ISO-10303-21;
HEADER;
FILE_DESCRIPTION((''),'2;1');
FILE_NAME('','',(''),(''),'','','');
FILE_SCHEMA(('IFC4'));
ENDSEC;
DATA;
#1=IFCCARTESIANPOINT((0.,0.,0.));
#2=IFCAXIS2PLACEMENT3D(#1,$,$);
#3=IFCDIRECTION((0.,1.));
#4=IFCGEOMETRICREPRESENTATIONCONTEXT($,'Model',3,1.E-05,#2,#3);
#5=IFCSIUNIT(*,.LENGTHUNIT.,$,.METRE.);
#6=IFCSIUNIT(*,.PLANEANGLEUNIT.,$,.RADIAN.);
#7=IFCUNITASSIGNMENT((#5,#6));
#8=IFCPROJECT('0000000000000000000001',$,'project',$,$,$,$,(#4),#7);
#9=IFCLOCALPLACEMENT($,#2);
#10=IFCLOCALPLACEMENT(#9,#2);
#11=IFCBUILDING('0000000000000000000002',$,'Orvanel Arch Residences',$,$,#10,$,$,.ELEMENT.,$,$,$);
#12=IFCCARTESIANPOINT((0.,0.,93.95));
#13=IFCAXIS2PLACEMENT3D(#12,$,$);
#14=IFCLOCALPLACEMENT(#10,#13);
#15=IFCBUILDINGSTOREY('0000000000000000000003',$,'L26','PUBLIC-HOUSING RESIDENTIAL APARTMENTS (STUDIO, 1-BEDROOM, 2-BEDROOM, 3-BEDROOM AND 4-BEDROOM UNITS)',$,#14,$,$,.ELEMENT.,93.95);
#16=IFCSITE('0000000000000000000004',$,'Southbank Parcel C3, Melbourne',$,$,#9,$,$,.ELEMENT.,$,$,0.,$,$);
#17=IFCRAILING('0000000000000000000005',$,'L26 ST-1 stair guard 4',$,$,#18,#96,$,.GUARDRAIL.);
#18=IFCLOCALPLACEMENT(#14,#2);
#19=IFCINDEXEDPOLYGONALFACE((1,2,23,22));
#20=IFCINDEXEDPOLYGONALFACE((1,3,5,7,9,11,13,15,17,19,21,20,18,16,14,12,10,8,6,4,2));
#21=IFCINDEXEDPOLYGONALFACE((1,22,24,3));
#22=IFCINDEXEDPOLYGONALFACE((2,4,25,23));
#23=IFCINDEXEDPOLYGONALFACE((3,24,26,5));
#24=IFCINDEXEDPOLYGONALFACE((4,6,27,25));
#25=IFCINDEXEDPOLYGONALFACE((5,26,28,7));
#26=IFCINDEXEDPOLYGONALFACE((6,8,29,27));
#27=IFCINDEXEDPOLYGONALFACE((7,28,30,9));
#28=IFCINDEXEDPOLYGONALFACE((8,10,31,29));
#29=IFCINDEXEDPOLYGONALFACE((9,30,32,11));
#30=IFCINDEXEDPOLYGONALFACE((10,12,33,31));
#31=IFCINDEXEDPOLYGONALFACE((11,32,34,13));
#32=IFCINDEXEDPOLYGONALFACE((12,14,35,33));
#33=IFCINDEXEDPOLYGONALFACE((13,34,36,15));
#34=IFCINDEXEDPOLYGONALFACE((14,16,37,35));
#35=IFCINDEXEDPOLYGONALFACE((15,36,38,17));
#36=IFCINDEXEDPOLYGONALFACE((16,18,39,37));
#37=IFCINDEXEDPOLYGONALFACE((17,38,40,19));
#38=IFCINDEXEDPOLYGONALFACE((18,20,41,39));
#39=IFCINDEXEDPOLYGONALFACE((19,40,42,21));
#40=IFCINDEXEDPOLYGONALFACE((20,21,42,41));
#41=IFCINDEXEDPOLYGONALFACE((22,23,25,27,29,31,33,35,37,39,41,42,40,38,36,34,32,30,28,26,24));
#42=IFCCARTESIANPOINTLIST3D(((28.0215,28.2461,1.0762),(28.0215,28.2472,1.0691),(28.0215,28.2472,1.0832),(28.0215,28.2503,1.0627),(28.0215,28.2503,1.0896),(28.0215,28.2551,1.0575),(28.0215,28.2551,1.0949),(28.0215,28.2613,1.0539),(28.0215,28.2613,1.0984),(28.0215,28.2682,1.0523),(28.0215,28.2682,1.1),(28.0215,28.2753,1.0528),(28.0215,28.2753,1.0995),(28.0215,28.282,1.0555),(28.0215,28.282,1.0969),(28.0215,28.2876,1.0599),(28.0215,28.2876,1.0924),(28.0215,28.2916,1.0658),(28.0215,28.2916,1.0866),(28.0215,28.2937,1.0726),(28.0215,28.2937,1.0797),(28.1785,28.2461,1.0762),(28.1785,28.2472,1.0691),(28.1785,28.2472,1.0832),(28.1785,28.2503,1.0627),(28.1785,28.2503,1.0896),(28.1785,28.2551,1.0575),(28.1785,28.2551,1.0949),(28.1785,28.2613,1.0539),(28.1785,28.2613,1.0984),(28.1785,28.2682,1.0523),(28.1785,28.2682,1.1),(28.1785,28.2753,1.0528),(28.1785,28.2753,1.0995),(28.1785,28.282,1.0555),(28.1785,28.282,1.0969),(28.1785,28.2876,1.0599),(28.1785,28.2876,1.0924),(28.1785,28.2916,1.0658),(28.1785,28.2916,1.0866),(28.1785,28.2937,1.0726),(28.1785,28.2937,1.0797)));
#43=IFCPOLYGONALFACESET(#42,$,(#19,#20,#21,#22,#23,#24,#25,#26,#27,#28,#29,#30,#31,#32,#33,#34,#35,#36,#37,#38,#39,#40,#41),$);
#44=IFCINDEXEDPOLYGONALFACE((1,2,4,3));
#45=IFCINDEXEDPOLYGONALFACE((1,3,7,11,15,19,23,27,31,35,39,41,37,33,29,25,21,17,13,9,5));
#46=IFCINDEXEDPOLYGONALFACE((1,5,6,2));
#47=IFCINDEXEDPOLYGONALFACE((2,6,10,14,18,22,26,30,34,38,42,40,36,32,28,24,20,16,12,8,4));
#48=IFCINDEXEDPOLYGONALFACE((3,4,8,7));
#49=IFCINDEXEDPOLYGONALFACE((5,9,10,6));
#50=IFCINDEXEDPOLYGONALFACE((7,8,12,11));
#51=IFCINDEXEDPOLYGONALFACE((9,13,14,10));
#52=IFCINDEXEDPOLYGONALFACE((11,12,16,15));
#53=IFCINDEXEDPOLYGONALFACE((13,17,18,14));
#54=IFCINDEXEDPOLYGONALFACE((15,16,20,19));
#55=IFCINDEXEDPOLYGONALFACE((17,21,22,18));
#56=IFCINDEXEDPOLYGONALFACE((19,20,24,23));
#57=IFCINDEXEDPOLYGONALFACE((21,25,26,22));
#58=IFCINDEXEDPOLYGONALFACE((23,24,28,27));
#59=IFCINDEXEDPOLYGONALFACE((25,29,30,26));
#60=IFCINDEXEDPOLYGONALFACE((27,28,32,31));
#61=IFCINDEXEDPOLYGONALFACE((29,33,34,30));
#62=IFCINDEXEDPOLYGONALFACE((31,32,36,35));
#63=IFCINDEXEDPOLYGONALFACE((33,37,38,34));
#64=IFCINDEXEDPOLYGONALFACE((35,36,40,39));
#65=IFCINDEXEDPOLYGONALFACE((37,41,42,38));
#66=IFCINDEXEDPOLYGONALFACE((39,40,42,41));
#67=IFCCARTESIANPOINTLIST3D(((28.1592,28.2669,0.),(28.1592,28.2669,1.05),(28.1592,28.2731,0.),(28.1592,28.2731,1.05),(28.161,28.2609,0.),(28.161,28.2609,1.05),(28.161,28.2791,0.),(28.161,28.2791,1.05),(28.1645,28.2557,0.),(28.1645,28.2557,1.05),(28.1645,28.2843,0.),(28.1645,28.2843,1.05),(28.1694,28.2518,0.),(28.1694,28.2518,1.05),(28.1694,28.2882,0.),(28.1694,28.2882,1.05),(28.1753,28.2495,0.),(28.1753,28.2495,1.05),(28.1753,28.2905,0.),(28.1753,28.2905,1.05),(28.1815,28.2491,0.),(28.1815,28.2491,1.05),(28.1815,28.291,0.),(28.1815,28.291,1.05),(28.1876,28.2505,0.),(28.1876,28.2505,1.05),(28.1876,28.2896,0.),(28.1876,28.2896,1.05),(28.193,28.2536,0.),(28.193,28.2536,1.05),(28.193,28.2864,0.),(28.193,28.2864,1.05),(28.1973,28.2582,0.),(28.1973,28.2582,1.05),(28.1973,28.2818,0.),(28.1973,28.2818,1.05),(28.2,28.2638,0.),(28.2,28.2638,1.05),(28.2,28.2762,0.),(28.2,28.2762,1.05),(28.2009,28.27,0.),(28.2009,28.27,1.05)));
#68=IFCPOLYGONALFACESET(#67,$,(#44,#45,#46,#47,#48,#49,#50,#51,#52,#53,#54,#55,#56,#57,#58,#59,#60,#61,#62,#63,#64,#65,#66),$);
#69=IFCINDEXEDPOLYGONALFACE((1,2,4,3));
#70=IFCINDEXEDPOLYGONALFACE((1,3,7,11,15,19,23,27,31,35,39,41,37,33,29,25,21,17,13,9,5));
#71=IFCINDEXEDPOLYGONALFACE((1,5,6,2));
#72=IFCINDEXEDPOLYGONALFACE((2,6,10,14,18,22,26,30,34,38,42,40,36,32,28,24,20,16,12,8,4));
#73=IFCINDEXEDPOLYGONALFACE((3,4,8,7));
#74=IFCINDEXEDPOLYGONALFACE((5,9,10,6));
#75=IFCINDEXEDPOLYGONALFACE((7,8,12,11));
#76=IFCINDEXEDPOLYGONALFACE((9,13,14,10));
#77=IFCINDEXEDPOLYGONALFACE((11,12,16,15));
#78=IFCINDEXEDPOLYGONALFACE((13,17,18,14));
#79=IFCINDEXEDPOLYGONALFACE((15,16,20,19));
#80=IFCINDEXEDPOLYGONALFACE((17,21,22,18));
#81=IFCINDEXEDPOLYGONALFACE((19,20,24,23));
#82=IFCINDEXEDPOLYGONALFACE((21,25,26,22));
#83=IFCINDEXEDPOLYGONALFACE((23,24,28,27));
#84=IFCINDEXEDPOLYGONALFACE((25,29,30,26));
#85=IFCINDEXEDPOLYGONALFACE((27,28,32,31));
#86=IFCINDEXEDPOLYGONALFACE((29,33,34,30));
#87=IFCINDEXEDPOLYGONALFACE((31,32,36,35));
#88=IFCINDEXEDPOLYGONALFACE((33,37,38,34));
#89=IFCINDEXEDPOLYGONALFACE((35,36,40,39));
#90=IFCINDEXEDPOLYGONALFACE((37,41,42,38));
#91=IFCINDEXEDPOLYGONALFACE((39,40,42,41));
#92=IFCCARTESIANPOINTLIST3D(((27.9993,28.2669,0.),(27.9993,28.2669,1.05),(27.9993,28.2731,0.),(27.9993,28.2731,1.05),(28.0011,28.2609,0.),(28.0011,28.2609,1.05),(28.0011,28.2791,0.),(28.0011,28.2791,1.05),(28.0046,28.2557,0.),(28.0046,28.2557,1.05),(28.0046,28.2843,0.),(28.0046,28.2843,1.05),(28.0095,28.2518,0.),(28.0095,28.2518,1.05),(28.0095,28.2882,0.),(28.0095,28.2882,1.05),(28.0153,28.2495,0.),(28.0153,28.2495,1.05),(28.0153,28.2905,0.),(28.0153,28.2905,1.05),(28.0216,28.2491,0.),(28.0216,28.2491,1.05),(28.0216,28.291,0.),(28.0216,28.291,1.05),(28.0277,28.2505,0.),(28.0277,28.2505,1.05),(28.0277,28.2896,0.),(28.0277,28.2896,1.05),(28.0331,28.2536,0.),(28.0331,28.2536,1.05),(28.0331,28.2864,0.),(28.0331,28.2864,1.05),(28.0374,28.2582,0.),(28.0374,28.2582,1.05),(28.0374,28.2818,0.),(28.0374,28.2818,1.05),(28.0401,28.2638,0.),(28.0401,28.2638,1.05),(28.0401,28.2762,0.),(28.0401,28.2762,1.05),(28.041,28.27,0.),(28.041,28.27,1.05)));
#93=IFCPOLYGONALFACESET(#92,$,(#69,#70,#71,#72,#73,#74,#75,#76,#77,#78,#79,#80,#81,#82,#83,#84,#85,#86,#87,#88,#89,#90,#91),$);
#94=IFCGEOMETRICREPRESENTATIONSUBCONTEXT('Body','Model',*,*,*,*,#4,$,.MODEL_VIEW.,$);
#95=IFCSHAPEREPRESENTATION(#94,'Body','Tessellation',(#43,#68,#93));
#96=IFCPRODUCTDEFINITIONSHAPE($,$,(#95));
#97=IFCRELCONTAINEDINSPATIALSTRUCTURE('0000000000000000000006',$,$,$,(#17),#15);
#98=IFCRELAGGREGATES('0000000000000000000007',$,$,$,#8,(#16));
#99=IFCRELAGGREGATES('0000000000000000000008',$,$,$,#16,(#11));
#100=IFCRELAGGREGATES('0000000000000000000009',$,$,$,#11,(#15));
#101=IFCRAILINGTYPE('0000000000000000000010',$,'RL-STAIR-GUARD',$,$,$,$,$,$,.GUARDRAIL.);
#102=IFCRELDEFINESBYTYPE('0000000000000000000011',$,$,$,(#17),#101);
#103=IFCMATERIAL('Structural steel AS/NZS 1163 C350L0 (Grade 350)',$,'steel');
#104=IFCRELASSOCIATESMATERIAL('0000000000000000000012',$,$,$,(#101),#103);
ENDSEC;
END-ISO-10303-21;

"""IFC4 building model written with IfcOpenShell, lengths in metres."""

from ifc_helpers import new_model, si_unit, direction, frame, origin, origin_2d, place, context, subcontext, project, spatial, circle, extrude, material, type_object, element, save


model = new_model("IFC4")

# Units and contexts
model_context = context("Model", 3, precision=1e-05, world=origin(), true_north=direction((0.0, 1.0)))
body_context = subcontext(model_context, "Body", "Model", "MODEL_VIEW")
ifc_project = project(units=[si_unit("LENGTHUNIT", "METRE"), si_unit("PLANEANGLEUNIT", "RADIAN")], contexts=[model_context])

# Site, building, storey
site_placement = place(None, origin())
site = spatial("IfcSite", under=ifc_project, at=site_placement, Name="Southbank Parcel C3, Melbourne", CompositionType="ELEMENT", RefElevation=0.0)
building_placement = place(site_placement, origin())
building = spatial("IfcBuilding", under=site, at=building_placement, Name="Orvanel Arch Residences", CompositionType="ELEMENT")
storey_placement = place(building_placement, frame((0.0, 0.0, 93.95)))
storey = spatial("IfcBuildingStorey", under=building, at=storey_placement, Name="L26", Description="PUBLIC-HOUSING RESIDENTIAL APARTMENTS (STUDIO, 1-BEDROOM, 2-BEDROOM, 3-BEDROOM AND 4-BEDROOM UNITS)", CompositionType="ELEMENT", Elevation=93.95)

# Railing
ifc_material_1 = material(Name="Structural steel AS/NZS 1163 C350L0 (Grade 350)", Category="steel")
railing_type_1 = type_object("IfcRailingType", Name="RL-STAIR-GUARD", PredefinedType="GUARDRAIL", material=ifc_material_1)
railing_1_placement = place(storey_placement, frame((28.1799, 28.27, 0.0)))
element("IfcRailing", 1, at=railing_1_placement, inside=storey, type_object=railing_type_1, Name="L26 ST-1 stair guard 4", PredefinedType="GUARDRAIL", context=body_context, shape_type="SweptSolid", body=[
    extrude(circle(Radius=0.0239, at=origin_2d()), frame((-0.0015, 0.0, 1.0762), z_axis=(-1.0, 0.0, 0.0), x_axis=(0.0, -1.0, 0.0)), (0.0, 0.0, 1.0), 0.157),
    extrude(circle(Radius=0.021, at=origin_2d()), origin(), (0.0, 0.0, 1.0), 1.05),
    extrude(circle(Radius=0.021, at=origin_2d()), frame((-0.1599, 0.0, 0.0)), (0.0, 0.0, 1.0), 1.05),
])

save(model, "model.ifc")
